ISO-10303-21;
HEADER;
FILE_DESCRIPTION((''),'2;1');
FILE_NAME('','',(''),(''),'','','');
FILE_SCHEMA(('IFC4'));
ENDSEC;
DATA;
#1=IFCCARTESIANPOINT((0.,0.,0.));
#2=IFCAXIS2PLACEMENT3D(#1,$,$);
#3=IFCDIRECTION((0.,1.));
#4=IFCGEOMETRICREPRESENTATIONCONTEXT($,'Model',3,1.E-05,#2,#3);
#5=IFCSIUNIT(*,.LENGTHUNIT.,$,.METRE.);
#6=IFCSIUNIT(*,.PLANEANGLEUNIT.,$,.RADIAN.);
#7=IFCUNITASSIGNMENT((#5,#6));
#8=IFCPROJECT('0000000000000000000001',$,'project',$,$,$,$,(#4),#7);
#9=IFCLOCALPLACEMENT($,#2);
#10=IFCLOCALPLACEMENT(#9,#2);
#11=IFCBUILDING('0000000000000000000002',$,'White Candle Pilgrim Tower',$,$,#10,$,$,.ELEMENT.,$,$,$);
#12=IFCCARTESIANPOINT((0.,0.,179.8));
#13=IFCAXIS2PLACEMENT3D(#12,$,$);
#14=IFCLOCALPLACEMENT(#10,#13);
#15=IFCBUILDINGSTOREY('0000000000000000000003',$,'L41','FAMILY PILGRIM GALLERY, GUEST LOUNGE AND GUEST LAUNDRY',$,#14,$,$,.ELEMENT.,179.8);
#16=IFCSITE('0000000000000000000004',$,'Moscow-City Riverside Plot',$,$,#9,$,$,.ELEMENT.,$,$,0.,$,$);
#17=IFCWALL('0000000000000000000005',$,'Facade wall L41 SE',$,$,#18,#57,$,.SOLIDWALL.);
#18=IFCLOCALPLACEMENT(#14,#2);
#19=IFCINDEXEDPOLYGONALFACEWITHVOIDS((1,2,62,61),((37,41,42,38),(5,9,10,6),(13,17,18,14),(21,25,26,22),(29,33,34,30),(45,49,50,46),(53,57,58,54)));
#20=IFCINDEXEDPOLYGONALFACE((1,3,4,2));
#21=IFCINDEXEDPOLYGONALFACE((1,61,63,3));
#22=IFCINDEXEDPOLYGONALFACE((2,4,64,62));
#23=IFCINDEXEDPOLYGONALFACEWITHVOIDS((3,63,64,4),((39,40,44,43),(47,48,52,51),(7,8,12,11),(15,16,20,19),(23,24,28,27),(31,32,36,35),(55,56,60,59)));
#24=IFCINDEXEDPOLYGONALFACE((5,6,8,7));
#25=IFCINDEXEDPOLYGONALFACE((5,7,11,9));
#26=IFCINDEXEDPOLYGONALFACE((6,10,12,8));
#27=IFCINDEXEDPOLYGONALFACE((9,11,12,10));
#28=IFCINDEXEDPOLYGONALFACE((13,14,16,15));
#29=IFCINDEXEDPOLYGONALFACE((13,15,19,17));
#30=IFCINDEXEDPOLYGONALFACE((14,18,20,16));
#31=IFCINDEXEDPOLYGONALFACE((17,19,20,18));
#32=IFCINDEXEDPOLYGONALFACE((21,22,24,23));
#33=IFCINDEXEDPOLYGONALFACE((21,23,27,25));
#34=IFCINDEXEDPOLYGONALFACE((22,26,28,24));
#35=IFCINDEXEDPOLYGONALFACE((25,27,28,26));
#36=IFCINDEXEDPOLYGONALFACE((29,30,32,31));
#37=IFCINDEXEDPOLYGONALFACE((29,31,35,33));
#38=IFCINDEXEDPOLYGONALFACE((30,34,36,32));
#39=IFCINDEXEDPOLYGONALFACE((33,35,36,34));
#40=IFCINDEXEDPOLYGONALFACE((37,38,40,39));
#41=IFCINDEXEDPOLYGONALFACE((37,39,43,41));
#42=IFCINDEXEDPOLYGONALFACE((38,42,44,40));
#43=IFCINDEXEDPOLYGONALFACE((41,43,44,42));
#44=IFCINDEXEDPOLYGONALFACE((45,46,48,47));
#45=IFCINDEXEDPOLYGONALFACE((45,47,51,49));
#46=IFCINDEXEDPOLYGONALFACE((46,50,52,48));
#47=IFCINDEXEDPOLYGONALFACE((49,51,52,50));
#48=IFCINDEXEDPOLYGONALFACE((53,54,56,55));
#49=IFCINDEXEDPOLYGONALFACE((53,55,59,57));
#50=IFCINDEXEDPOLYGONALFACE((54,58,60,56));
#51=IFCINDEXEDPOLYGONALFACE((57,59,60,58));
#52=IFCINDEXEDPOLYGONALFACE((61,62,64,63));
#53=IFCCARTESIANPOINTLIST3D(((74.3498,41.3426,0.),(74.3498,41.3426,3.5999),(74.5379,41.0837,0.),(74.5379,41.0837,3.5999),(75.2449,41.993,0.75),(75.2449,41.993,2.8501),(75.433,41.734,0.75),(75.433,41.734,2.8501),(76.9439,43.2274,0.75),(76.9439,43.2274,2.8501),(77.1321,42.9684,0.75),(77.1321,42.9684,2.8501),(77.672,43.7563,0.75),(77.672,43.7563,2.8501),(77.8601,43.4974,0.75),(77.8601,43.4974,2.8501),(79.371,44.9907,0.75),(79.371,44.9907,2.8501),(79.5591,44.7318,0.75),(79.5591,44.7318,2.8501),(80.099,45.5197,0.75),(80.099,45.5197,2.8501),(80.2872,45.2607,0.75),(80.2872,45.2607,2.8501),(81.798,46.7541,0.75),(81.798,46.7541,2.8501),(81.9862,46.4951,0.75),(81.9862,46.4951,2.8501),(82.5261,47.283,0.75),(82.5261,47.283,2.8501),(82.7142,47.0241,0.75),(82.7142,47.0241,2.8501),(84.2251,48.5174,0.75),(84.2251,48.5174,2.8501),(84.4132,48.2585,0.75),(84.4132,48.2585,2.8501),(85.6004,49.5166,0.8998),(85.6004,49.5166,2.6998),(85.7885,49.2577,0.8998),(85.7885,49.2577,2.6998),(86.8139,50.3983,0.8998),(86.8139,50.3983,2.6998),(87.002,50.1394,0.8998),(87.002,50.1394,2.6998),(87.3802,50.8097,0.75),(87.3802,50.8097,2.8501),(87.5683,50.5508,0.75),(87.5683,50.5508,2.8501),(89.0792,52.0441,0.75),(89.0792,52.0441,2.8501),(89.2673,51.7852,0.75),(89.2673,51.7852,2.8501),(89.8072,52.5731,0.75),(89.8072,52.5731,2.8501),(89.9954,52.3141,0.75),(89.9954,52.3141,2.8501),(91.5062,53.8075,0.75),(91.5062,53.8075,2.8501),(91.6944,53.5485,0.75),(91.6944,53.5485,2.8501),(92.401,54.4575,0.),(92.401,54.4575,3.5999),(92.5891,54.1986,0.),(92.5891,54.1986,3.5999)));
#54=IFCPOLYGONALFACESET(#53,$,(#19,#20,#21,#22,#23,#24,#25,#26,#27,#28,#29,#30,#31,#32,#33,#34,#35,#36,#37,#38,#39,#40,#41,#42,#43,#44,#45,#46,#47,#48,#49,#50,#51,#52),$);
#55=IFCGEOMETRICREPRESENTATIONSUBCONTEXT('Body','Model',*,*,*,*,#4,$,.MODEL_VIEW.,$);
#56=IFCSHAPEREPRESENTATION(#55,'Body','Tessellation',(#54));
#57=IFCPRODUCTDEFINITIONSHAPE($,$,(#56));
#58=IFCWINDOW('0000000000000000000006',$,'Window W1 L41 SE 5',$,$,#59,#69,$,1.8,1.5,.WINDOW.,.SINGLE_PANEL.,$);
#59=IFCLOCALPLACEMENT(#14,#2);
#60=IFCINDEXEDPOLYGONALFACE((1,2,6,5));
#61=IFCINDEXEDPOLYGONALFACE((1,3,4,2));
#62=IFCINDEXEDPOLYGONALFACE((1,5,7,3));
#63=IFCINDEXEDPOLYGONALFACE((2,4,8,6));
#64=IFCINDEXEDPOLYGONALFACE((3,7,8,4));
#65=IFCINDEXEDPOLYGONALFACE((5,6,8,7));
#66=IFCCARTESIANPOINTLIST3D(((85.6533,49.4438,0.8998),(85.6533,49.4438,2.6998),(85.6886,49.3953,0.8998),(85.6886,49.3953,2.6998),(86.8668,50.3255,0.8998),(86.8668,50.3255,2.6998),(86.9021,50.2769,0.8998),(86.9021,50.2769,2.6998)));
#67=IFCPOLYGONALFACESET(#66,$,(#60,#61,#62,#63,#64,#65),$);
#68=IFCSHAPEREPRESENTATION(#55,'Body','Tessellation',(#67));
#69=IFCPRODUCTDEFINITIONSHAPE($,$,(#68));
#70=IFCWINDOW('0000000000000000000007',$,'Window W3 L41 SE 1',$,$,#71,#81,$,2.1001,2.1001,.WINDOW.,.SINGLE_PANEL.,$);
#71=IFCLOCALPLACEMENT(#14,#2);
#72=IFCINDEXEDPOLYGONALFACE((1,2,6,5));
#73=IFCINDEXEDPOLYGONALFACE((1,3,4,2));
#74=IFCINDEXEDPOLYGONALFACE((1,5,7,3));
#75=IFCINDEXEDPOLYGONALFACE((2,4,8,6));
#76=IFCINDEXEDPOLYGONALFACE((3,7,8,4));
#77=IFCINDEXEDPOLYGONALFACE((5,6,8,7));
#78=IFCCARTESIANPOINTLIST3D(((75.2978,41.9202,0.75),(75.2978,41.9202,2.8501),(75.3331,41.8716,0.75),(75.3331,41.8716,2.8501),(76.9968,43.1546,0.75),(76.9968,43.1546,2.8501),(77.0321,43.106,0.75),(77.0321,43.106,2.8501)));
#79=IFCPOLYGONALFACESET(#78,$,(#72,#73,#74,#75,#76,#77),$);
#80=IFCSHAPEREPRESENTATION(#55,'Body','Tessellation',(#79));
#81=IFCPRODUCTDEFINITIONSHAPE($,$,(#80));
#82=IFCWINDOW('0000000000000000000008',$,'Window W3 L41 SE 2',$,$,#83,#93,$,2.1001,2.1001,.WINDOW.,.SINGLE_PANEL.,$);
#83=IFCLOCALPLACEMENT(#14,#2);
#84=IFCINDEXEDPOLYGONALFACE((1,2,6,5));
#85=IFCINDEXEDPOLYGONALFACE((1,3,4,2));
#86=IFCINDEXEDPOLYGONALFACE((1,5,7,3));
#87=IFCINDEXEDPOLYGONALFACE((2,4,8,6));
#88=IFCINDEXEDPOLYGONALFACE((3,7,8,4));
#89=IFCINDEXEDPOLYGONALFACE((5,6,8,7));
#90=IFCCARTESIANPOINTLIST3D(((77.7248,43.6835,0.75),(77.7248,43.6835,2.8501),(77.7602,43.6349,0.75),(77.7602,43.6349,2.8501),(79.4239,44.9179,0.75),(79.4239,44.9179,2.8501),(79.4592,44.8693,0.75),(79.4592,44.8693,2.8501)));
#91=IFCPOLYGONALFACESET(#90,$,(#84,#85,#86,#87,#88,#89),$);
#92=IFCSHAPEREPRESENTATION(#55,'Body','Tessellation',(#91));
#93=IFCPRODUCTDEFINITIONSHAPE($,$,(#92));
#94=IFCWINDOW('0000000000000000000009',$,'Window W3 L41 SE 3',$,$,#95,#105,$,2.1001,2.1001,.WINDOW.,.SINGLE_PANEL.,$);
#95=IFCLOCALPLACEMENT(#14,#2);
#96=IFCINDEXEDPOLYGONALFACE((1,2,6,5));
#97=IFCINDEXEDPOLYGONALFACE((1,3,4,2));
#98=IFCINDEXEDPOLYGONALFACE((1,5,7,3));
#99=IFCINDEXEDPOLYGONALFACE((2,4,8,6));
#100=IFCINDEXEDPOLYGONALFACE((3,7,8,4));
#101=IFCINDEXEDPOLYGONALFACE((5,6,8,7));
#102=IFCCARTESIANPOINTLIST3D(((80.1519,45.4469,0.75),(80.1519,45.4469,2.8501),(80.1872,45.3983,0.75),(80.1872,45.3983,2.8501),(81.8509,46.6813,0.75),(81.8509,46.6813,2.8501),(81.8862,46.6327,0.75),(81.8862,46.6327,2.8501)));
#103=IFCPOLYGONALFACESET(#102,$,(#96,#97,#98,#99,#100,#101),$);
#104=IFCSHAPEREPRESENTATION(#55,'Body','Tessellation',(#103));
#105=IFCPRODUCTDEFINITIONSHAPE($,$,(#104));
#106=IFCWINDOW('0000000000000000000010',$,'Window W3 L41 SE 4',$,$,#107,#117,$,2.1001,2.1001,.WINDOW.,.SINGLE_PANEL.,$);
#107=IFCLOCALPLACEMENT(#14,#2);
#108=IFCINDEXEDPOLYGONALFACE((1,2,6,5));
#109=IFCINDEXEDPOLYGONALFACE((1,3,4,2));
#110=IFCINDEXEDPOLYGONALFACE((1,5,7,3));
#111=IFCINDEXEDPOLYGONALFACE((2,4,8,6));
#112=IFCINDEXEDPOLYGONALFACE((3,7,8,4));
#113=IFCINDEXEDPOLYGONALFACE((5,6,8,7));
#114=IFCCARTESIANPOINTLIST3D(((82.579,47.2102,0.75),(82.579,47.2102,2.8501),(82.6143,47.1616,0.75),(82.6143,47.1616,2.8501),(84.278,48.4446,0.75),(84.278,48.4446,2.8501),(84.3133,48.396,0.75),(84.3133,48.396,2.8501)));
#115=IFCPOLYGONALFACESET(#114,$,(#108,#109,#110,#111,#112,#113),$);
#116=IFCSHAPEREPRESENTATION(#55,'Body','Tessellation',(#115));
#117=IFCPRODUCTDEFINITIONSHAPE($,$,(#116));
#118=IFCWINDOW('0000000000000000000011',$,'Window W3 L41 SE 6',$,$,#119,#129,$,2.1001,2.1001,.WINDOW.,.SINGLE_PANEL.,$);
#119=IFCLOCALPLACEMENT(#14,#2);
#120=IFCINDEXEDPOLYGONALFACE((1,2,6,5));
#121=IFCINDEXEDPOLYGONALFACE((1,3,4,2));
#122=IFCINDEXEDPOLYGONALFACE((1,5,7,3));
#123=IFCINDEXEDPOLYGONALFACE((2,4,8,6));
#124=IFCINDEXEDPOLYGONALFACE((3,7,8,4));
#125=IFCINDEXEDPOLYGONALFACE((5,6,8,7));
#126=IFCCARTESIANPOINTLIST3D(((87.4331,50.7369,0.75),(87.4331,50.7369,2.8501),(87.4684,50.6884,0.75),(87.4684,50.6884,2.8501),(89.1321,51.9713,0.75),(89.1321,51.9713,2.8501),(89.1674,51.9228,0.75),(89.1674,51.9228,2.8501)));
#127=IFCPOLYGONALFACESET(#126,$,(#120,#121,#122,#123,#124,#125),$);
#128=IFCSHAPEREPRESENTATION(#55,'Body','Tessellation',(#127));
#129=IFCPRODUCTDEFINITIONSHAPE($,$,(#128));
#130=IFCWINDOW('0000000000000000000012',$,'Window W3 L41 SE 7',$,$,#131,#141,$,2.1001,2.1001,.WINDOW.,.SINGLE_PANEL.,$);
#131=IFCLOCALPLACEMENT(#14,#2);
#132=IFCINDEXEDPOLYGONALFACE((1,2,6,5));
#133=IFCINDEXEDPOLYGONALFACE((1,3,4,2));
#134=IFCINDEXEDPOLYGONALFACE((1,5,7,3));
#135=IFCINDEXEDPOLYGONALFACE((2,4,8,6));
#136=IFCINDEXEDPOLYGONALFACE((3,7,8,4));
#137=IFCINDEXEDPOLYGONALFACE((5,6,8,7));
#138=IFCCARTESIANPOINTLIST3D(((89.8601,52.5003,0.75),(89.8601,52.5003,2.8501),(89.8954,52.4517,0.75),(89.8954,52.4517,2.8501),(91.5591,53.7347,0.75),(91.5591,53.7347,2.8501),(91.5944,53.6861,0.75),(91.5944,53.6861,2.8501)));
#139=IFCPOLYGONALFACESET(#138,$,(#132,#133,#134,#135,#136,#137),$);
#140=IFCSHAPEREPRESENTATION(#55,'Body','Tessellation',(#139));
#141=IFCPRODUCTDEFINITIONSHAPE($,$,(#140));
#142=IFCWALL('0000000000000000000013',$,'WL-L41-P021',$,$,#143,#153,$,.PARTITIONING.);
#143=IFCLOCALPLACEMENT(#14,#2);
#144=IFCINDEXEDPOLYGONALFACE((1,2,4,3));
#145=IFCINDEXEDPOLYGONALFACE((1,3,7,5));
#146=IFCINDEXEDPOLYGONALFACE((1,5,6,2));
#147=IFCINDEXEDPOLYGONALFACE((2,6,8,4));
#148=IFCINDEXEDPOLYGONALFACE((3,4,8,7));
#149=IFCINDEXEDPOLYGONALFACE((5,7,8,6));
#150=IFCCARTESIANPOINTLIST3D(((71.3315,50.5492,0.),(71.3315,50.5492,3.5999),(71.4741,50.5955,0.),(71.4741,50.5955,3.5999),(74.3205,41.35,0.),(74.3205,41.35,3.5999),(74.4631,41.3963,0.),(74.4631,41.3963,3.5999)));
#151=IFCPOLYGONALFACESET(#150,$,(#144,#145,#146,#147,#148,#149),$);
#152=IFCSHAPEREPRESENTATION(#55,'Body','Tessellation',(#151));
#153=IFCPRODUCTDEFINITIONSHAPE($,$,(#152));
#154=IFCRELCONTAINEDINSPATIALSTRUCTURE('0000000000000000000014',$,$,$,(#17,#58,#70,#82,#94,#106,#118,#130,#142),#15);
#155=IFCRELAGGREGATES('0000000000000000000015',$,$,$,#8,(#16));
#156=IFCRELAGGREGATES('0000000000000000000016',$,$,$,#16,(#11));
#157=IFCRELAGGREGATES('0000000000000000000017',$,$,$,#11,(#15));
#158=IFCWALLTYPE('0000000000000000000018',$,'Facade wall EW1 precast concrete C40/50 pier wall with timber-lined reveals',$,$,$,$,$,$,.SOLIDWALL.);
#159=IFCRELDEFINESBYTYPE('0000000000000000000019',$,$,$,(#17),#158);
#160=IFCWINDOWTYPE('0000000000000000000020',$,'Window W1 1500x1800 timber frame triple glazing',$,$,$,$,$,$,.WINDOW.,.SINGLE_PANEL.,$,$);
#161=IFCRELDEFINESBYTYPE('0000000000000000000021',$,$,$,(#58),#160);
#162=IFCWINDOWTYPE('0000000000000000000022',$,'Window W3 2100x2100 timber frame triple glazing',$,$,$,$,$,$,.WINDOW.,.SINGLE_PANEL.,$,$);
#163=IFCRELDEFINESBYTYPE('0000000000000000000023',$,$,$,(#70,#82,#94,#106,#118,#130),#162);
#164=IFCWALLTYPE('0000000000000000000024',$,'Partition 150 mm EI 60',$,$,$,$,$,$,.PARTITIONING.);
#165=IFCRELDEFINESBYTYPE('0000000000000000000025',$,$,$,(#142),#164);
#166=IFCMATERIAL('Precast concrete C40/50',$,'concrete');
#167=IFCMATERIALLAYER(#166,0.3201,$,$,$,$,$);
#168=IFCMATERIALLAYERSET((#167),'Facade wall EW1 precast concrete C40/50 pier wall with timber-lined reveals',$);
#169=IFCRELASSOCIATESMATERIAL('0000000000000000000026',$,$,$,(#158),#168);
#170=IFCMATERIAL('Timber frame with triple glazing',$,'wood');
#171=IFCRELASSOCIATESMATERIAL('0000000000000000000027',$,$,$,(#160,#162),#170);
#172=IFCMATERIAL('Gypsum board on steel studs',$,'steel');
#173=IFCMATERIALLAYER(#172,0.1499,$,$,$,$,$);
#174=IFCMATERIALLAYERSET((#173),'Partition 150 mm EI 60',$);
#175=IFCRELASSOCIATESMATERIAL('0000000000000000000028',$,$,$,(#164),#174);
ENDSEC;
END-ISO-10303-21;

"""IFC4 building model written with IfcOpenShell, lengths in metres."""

from ifc_helpers import new_model, si_unit, direction, frame, frame_2d, origin, place, context, subcontext, project, spatial, rectangle, extrude, material, layer, layer_set, type_object, element, fill, save


model = new_model("IFC4")

# Units and contexts
model_context = context("Model", 3, precision=1e-05, world=origin(), true_north=direction((0.0, 1.0)))
body_context = subcontext(model_context, "Body", "Model", "MODEL_VIEW")
ifc_project = project(units=[si_unit("LENGTHUNIT", "METRE"), si_unit("PLANEANGLEUNIT", "RADIAN")], contexts=[model_context])

# Site, building, storey
site_placement = place(None, origin())
site = spatial("IfcSite", under=ifc_project, at=site_placement, Name="Moscow-City Riverside Plot", CompositionType="ELEMENT", RefElevation=0.0)
building_placement = place(site_placement, origin())
building = spatial("IfcBuilding", under=site, at=building_placement, Name="White Candle Pilgrim Tower", CompositionType="ELEMENT")
storey_placement = place(building_placement, frame((0.0, 0.0, 179.8)))
storey = spatial("IfcBuildingStorey", under=building, at=storey_placement, Name="L41", Description="FAMILY PILGRIM GALLERY, GUEST LOUNGE AND GUEST LAUNDRY", CompositionType="ELEMENT", Elevation=179.8)

# Shared definitions
ifc_material_1 = material(Name="Gypsum board on steel studs", Category="steel")

# Wall, openings, windows
ifc_material_2 = material(Name="Precast concrete C40/50", Category="concrete")
ifc_layer_1 = layer(ifc_material_2, 0.3201)
ifc_layer_set_1 = layer_set([ifc_layer_1], Name="Facade wall EW1 precast concrete C40/50 pier wall with timber-lined reveals")
wall_type_1 = type_object("IfcWallType", Name="Facade wall EW1 precast concrete C40/50 pier wall with timber-lined reveals", PredefinedType="SOLIDWALL", material=ifc_layer_set_1)
wall_1_placement = place(storey_placement, frame((74.4438, 41.2131, 0.0), z_axis=(0.0, 0.0, 1.0), x_axis=(0.809018, 0.587785, 0.0)))
wall_1 = element("IfcWall", 1, at=wall_1_placement, inside=storey, type_object=wall_type_1, Name="Facade wall L41 SE", PredefinedType="SOLIDWALL", context=body_context, shape_type="SweptSolid", body=[
    extrude(rectangle(XDim=22.3125, YDim=0.3201, at=frame_2d((11.1562, 0.0))), origin(), (0.0, 0.0, 1.0), 3.5999),
])
opening_1_placement = place(wall_1_placement, frame((1.1064, 0.0, 0.75)))
opening_1 = element("IfcOpeningElement", 2, at=opening_1_placement, cuts=wall_1, PredefinedType="OPENING", context=body_context, shape_type="SweptSolid", body=[
    extrude(rectangle(XDim=2.1001, YDim=2.1001, at=frame_2d((1.05, 1.05))), frame((0.0, 0.1699, 0.0), z_axis=(0.0, -1.0, 0.0), x_axis=(1.0, 0.0, 0.0)), (0.0, 0.0, 1.0), 0.3401),
])
opening_2_placement = place(wall_1_placement, frame((4.1064, 0.0, 0.75)))
opening_2 = element("IfcOpeningElement", 3, at=opening_2_placement, cuts=wall_1, PredefinedType="OPENING", context=body_context, shape_type="SweptSolid", body=[
    extrude(rectangle(XDim=2.1001, YDim=2.1001, at=frame_2d((1.05, 1.05))), frame((0.0, 0.1699, 0.0), z_axis=(0.0, -1.0, 0.0), x_axis=(1.0, 0.0, 0.0)), (0.0, 0.0, 1.0), 0.3401),
])
opening_3_placement = place(wall_1_placement, frame((7.1064, 0.0, 0.75)))
opening_3 = element("IfcOpeningElement", 4, at=opening_3_placement, cuts=wall_1, PredefinedType="OPENING", context=body_context, shape_type="SweptSolid", body=[
    extrude(rectangle(XDim=2.1001, YDim=2.1001, at=frame_2d((1.05, 1.05))), frame((0.0, 0.1699, 0.0), z_axis=(0.0, -1.0, 0.0), x_axis=(1.0, 0.0, 0.0)), (0.0, 0.0, 1.0), 0.3401),
])
opening_4_placement = place(wall_1_placement, frame((10.1064, 0.0, 0.75)))
opening_4 = element("IfcOpeningElement", 5, at=opening_4_placement, cuts=wall_1, PredefinedType="OPENING", context=body_context, shape_type="SweptSolid", body=[
    extrude(rectangle(XDim=2.1001, YDim=2.1001, at=frame_2d((1.05, 1.05))), frame((0.0, 0.1699, 0.0), z_axis=(0.0, -1.0, 0.0), x_axis=(1.0, 0.0, 0.0)), (0.0, 0.0, 1.0), 0.3401),
])
opening_5_placement = place(wall_1_placement, frame((13.9065, 0.0, 0.8999)))
opening_5 = element("IfcOpeningElement", 6, at=opening_5_placement, cuts=wall_1, PredefinedType="OPENING", context=body_context, shape_type="SweptSolid", body=[
    extrude(rectangle(XDim=1.5, YDim=1.8, at=frame_2d((0.75, 0.8999))), frame((0.0, 0.1699, 0.0), z_axis=(0.0, -1.0, 0.0), x_axis=(1.0, 0.0, 0.0)), (0.0, 0.0, 1.0), 0.3401),
])
opening_6_placement = place(wall_1_placement, frame((16.1064, 0.0, 0.75)))
opening_6 = element("IfcOpeningElement", 7, at=opening_6_placement, cuts=wall_1, PredefinedType="OPENING", context=body_context, shape_type="SweptSolid", body=[
    extrude(rectangle(XDim=2.1001, YDim=2.1001, at=frame_2d((1.05, 1.05))), frame((0.0, 0.1699, 0.0), z_axis=(0.0, -1.0, 0.0), x_axis=(1.0, 0.0, 0.0)), (0.0, 0.0, 1.0), 0.3401),
])
opening_7_placement = place(wall_1_placement, frame((19.1064, 0.0, 0.75)))
opening_7 = element("IfcOpeningElement", 8, at=opening_7_placement, cuts=wall_1, PredefinedType="OPENING", context=body_context, shape_type="SweptSolid", body=[
    extrude(rectangle(XDim=2.1001, YDim=2.1001, at=frame_2d((1.05, 1.05))), frame((0.0, 0.1699, 0.0), z_axis=(0.0, -1.0, 0.0), x_axis=(1.0, 0.0, 0.0)), (0.0, 0.0, 1.0), 0.3401),
])
ifc_material_3 = material(Name="Timber frame with triple glazing", Category="wood")
window_type_1 = type_object("IfcWindowType", Name="Window W1 1500x1800 timber frame triple glazing", PartitioningType="SINGLE_PANEL", PredefinedType="WINDOW", material=ifc_material_3)
window_1_placement = place(opening_5_placement, origin())
window_1 = element("IfcWindow", 9, at=window_1_placement, inside=storey, type_object=window_type_1, Name="Window W1 L41 SE 5", OverallHeight=1.8, OverallWidth=1.5, PartitioningType="SINGLE_PANEL", PredefinedType="WINDOW", context=body_context, shape_type="SweptSolid", body=[
    extrude(rectangle(XDim=1.5, YDim=1.8, at=frame_2d((0.75, 0.8999))), frame((0.0, 0.0701, 0.0), z_axis=(0.0, -1.0, 0.0), x_axis=(1.0, 0.0, 0.0)), (0.0, 0.0, 1.0), 0.0601),
])
fill(opening_5, window_1)
window_type_2 = type_object("IfcWindowType", Name="Window W3 2100x2100 timber frame triple glazing", PartitioningType="SINGLE_PANEL", PredefinedType="WINDOW", material=ifc_material_3)
window_2_placement = place(opening_1_placement, origin())
window_2 = element("IfcWindow", 10, at=window_2_placement, inside=storey, type_object=window_type_2, Name="Window W3 L41 SE 1", OverallHeight=2.1001, OverallWidth=2.1001, PartitioningType="SINGLE_PANEL", PredefinedType="WINDOW", context=body_context, shape_type="SweptSolid", body=[
    extrude(rectangle(XDim=2.1001, YDim=2.1001, at=frame_2d((1.05, 1.05))), frame((0.0, 0.0701, 0.0), z_axis=(0.0, -1.0, 0.0), x_axis=(1.0, 0.0, 0.0)), (0.0, 0.0, 1.0), 0.0601),
])
fill(opening_1, window_2)
window_3_placement = place(opening_2_placement, origin())
window_3 = element("IfcWindow", 11, at=window_3_placement, inside=storey, type_object=window_type_2, Name="Window W3 L41 SE 2", OverallHeight=2.1001, OverallWidth=2.1001, PartitioningType="SINGLE_PANEL", PredefinedType="WINDOW", context=body_context, shape_type="SweptSolid", body=[
    extrude(rectangle(XDim=2.1001, YDim=2.1001, at=frame_2d((1.05, 1.05))), frame((0.0, 0.0701, 0.0), z_axis=(0.0, -1.0, 0.0), x_axis=(1.0, 0.0, 0.0)), (0.0, 0.0, 1.0), 0.0601),
])
fill(opening_2, window_3)
window_4_placement = place(opening_3_placement, origin())
window_4 = element("IfcWindow", 12, at=window_4_placement, inside=storey, type_object=window_type_2, Name="Window W3 L41 SE 3", OverallHeight=2.1001, OverallWidth=2.1001, PartitioningType="SINGLE_PANEL", PredefinedType="WINDOW", context=body_context, shape_type="SweptSolid", body=[
    extrude(rectangle(XDim=2.1001, YDim=2.1001, at=frame_2d((1.05, 1.05))), frame((0.0, 0.0701, 0.0), z_axis=(0.0, -1.0, 0.0), x_axis=(1.0, 0.0, 0.0)), (0.0, 0.0, 1.0), 0.0601),
])
fill(opening_3, window_4)
window_5_placement = place(opening_4_placement, origin())
window_5 = element("IfcWindow", 13, at=window_5_placement, inside=storey, type_object=window_type_2, Name="Window W3 L41 SE 4", OverallHeight=2.1001, OverallWidth=2.1001, PartitioningType="SINGLE_PANEL", PredefinedType="WINDOW", context=body_context, shape_type="SweptSolid", body=[
    extrude(rectangle(XDim=2.1001, YDim=2.1001, at=frame_2d((1.05, 1.05))), frame((0.0, 0.0701, 0.0), z_axis=(0.0, -1.0, 0.0), x_axis=(1.0, 0.0, 0.0)), (0.0, 0.0, 1.0), 0.0601),
])
fill(opening_4, window_5)
window_6_placement = place(opening_6_placement, origin())
window_6 = element("IfcWindow", 14, at=window_6_placement, inside=storey, type_object=window_type_2, Name="Window W3 L41 SE 6", OverallHeight=2.1001, OverallWidth=2.1001, PartitioningType="SINGLE_PANEL", PredefinedType="WINDOW", context=body_context, shape_type="SweptSolid", body=[
    extrude(rectangle(XDim=2.1001, YDim=2.1001, at=frame_2d((1.05, 1.05))), frame((0.0, 0.0701, 0.0), z_axis=(0.0, -1.0, 0.0), x_axis=(1.0, 0.0, 0.0)), (0.0, 0.0, 1.0), 0.0601),
])
fill(opening_6, window_6)
window_7_placement = place(opening_7_placement, origin())
window_7 = element("IfcWindow", 15, at=window_7_placement, inside=storey, type_object=window_type_2, Name="Window W3 L41 SE 7", OverallHeight=2.1001, OverallWidth=2.1001, PartitioningType="SINGLE_PANEL", PredefinedType="WINDOW", context=body_context, shape_type="SweptSolid", body=[
    extrude(rectangle(XDim=2.1001, YDim=2.1001, at=frame_2d((1.05, 1.05))), frame((0.0, 0.0701, 0.0), z_axis=(0.0, -1.0, 0.0), x_axis=(1.0, 0.0, 0.0)), (0.0, 0.0, 1.0), 0.0601),
])
fill(opening_7, window_7)

# Wall
ifc_layer_2 = layer(ifc_material_1, 0.1499)
ifc_layer_set_2 = layer_set([ifc_layer_2], Name="Partition 150 mm EI 60")
wall_type_2 = type_object("IfcWallType", Name="Partition 150 mm EI 60", PredefinedType="PARTITIONING", material=ifc_layer_set_2)
wall_2_placement = place(storey_placement, frame((74.3918, 41.373, 0.0), z_axis=(0.0, 0.0, 1.0), x_axis=(-0.309018, 0.951056, 0.0)))
element("IfcWall", 16, at=wall_2_placement, inside=storey, type_object=wall_type_2, Name="WL-L41-P021", PredefinedType="PARTITIONING", context=body_context, shape_type="SweptSolid", body=[
    extrude(rectangle(XDim=9.6726, YDim=0.1499, at=frame_2d((4.8364, 0.0))), origin(), (0.0, 0.0, 1.0), 3.5999),
])

save(model, "model.ifc")
